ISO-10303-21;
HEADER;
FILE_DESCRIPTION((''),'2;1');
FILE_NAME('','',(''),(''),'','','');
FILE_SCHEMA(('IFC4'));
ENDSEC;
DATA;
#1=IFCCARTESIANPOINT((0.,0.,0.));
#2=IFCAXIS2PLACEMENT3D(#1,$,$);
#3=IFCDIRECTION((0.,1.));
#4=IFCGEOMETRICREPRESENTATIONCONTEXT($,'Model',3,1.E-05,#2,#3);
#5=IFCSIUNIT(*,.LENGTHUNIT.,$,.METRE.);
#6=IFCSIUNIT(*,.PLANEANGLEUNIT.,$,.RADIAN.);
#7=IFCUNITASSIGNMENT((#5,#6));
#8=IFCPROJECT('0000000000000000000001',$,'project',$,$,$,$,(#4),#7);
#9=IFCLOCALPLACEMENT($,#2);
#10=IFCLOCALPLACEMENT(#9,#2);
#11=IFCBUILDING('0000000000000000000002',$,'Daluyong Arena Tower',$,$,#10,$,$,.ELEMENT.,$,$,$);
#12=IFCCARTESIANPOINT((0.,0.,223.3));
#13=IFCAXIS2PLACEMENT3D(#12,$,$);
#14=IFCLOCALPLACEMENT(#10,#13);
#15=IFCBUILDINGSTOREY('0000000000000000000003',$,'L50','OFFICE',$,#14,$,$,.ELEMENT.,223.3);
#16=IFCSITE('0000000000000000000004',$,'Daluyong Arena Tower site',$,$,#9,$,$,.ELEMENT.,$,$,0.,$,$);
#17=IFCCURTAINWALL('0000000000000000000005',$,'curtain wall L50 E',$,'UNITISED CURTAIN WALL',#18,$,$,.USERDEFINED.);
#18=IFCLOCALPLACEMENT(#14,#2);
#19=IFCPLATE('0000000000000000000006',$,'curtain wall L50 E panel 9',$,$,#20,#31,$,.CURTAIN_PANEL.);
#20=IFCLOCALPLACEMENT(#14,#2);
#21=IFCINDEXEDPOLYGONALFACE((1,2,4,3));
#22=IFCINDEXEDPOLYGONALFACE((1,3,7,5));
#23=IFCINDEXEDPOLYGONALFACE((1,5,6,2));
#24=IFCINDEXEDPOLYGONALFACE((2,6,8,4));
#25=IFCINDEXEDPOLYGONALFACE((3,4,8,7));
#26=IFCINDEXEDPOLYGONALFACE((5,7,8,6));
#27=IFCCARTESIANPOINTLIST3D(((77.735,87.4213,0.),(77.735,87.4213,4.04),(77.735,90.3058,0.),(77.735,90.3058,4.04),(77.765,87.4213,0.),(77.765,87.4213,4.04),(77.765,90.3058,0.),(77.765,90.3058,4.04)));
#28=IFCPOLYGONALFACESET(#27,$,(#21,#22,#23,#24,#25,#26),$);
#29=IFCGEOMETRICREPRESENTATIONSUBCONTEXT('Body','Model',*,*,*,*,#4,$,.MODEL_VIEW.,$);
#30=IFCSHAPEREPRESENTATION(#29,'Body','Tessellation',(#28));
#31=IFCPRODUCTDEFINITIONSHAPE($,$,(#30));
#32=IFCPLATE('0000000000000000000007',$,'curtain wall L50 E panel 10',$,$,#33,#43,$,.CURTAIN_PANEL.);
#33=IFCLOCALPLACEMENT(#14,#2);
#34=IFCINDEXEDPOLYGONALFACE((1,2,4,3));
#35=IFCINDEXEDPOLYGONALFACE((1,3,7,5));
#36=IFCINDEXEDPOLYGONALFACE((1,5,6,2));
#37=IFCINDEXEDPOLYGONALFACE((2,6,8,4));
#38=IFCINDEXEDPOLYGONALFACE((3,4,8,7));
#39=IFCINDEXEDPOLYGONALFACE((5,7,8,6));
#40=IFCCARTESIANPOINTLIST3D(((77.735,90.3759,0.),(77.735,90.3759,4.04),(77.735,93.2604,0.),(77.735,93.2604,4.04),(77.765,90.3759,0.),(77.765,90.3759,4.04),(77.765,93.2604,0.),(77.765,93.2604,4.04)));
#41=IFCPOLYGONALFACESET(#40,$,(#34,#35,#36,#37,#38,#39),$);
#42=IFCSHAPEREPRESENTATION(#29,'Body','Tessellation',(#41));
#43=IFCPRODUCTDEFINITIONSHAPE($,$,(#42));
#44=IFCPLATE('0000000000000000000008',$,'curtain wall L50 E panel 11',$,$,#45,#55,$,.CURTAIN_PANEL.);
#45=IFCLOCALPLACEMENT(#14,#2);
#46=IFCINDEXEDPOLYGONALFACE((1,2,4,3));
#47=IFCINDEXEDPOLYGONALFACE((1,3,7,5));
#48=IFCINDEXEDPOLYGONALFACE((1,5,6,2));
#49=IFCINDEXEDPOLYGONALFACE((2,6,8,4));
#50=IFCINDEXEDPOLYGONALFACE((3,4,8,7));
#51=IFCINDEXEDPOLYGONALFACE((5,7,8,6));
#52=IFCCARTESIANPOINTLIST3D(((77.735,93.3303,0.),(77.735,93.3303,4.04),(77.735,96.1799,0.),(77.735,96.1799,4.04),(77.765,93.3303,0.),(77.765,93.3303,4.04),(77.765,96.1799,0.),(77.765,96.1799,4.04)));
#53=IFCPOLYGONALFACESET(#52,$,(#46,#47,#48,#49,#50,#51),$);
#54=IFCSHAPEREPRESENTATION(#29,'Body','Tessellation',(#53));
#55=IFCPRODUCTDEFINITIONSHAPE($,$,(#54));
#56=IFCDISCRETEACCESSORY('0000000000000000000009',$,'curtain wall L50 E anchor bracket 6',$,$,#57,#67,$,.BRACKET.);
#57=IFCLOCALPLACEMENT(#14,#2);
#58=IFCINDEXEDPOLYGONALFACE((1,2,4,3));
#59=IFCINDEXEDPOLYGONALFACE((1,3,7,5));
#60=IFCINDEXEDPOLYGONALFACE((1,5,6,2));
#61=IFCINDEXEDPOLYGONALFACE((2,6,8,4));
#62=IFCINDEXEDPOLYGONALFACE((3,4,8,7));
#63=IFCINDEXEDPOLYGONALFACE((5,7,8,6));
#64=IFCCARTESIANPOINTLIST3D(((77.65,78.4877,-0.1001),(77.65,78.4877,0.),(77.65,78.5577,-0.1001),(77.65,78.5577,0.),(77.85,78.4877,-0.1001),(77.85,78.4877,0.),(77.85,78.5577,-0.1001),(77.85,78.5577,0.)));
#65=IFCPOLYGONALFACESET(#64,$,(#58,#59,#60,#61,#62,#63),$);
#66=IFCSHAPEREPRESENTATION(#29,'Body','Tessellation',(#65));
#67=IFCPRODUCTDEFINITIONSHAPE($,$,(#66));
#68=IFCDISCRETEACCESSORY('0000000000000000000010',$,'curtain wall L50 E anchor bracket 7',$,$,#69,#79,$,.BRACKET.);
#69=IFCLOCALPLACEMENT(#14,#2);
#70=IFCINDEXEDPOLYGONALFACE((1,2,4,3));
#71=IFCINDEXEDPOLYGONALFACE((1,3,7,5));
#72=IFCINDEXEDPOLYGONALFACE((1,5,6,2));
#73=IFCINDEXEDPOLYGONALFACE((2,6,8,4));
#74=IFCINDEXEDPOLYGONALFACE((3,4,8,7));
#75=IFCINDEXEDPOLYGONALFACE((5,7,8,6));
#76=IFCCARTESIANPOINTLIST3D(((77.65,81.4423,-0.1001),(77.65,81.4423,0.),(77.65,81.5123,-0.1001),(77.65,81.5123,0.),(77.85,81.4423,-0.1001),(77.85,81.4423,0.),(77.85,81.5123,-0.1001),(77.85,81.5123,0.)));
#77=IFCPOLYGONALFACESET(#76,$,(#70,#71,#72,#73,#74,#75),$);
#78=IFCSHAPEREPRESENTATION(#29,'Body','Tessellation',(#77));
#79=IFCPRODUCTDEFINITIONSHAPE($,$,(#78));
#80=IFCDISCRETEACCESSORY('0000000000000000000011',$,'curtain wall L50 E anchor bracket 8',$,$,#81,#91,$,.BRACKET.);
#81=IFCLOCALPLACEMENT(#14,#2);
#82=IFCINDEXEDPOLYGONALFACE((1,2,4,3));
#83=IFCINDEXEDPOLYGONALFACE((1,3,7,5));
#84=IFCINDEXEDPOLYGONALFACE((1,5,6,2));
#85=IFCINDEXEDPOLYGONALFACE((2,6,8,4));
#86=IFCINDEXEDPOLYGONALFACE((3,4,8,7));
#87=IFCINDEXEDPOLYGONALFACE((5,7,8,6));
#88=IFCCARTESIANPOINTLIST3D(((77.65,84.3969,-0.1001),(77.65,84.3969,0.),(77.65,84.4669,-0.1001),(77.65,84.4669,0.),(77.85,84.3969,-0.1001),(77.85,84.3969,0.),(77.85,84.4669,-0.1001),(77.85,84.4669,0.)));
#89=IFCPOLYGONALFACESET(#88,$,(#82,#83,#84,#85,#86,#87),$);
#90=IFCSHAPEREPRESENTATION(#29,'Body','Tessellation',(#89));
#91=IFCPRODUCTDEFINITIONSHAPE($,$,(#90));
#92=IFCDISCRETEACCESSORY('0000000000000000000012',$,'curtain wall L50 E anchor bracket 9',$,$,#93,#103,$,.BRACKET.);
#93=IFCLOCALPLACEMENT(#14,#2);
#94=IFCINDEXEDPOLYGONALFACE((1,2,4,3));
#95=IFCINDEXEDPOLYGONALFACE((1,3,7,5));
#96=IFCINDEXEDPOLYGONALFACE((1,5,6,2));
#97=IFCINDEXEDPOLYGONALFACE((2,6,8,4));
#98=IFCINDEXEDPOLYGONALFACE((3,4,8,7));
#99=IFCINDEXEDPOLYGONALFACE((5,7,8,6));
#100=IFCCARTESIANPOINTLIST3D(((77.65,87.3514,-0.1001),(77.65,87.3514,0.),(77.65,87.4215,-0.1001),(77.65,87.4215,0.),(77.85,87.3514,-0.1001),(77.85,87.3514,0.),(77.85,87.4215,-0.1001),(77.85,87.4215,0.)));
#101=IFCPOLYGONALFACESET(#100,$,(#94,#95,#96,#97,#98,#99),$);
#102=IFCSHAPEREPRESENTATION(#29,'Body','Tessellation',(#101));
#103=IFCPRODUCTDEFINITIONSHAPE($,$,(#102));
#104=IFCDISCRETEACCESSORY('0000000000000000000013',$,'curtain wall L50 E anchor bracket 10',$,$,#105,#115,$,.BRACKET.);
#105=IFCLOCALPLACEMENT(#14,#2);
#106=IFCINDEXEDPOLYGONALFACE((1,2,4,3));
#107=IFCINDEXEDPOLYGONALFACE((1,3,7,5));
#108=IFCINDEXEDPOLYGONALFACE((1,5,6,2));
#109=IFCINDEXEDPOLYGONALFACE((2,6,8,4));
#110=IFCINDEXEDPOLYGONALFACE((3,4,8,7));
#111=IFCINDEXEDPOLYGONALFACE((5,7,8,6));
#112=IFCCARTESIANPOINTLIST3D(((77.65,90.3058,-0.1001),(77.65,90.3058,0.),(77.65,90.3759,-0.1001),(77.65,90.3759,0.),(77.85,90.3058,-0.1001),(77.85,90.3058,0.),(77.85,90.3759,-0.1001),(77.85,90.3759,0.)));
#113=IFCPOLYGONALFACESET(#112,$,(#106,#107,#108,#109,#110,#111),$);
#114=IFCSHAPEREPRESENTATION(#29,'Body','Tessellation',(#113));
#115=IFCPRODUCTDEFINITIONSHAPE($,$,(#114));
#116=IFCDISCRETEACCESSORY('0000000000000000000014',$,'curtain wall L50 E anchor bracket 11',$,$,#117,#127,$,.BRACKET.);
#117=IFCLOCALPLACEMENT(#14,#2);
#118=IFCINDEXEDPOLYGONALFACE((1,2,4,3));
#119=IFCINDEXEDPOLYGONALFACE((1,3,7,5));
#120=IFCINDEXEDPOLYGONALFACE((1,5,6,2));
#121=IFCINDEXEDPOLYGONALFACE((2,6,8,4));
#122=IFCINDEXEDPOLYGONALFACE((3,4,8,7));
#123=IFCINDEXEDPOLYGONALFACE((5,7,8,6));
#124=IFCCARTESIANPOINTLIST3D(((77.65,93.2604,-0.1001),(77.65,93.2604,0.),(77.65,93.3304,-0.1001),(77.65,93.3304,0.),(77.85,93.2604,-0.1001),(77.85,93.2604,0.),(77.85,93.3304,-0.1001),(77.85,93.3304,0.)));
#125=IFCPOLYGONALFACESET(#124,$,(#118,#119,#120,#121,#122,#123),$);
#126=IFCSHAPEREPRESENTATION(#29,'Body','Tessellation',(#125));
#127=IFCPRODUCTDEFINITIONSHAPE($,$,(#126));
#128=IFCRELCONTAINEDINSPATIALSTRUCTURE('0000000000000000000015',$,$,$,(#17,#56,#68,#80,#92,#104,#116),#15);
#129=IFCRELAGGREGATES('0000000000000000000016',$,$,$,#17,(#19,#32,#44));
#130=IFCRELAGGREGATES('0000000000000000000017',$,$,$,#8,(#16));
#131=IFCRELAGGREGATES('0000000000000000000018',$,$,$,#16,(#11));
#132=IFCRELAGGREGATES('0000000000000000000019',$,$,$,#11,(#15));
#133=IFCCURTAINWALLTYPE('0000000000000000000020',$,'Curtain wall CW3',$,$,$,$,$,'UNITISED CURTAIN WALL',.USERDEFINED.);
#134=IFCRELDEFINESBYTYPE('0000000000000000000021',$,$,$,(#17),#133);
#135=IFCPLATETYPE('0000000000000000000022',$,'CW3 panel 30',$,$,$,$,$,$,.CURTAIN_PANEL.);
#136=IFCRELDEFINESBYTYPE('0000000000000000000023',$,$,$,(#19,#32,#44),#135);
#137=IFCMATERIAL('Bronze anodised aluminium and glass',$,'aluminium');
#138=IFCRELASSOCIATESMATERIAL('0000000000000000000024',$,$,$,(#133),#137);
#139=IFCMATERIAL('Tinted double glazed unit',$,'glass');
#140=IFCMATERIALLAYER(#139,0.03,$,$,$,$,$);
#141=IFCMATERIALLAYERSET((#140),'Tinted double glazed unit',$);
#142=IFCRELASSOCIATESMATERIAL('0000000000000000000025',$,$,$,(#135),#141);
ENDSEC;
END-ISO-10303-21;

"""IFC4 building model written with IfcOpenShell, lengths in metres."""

from ifc_helpers import new_model, si_unit, direction, frame, origin, origin_2d, place, context, subcontext, project, spatial, rectangle, extrude, material, layer, layer_set, type_object, element, aggregate, save


model = new_model("IFC4")

# Units and contexts
model_context = context("Model", 3, precision=1e-05, world=origin(), true_north=direction((0.0, 1.0)))
body_context = subcontext(model_context, "Body", "Model", "MODEL_VIEW")
ifc_project = project(units=[si_unit("LENGTHUNIT", "METRE"), si_unit("PLANEANGLEUNIT", "RADIAN")], contexts=[model_context])

# Site, building, storey
site_placement = place(None, origin())
site = spatial("IfcSite", under=ifc_project, at=site_placement, Name="Daluyong Arena Tower site", CompositionType="ELEMENT", RefElevation=0.0)
building_placement = place(site_placement, origin())
building = spatial("IfcBuilding", under=site, at=building_placement, Name="Daluyong Arena Tower", CompositionType="ELEMENT")
storey_placement = place(building_placement, frame((0.0, 0.0, 223.3)))
storey = spatial("IfcBuildingStorey", under=building, at=storey_placement, Name="L50", Description="OFFICE", CompositionType="ELEMENT", Elevation=223.3)

# Curtain wall
ifc_material_1 = material(Name="Bronze anodised aluminium and glass", Category="aluminium")
curtain_wall_type = type_object("IfcCurtainWallType", Name="Curtain wall CW3", ElementType="UNITISED CURTAIN WALL", PredefinedType="USERDEFINED", material=ifc_material_1)
curtain_wall_placement = place(storey_placement, origin())
curtain_wall = element("IfcCurtainWall", 1, at=curtain_wall_placement, inside=storey, type_object=curtain_wall_type, Name="curtain wall L50 E", ObjectType="UNITISED CURTAIN WALL", PredefinedType="USERDEFINED")

# Plates
ifc_material_2 = material(Name="Tinted double glazed unit", Category="glass")
ifc_layer = layer(ifc_material_2, 0.03)
ifc_layer_set = layer_set([ifc_layer], Name="Tinted double glazed unit")
plate_type = type_object("IfcPlateType", Name="CW3 panel 30", PredefinedType="CURTAIN_PANEL", material=ifc_layer_set)
plate_1_placement = place(storey_placement, frame((77.75, 88.8635, 0.0), z_axis=(0.0, 0.0, 1.0), x_axis=(0.0, 1.0, 0.0)))
plate_1 = element("IfcPlate", 2, at=plate_1_placement, type_object=plate_type, Name="curtain wall L50 E panel 9", PredefinedType="CURTAIN_PANEL", context=body_context, shape_type="SweptSolid", body=[
    extrude(rectangle(XDim=2.8845, YDim=0.03, at=origin_2d()), origin(), (0.0, 0.0, 1.0), 4.04),
])
plate_2_placement = place(storey_placement, frame((77.75, 91.8181, 0.0), z_axis=(0.0, 0.0, 1.0), x_axis=(0.0, 1.0, 0.0)))
plate_2 = element("IfcPlate", 3, at=plate_2_placement, type_object=plate_type, Name="curtain wall L50 E panel 10", PredefinedType="CURTAIN_PANEL", context=body_context, shape_type="SweptSolid", body=[
    extrude(rectangle(XDim=2.8845, YDim=0.03, at=origin_2d()), origin(), (0.0, 0.0, 1.0), 4.04),
])
plate_3_placement = place(storey_placement, frame((77.75, 94.7551, 0.0), z_axis=(0.0, 0.0, 1.0), x_axis=(0.0, 1.0, 0.0)))
plate_3 = element("IfcPlate", 4, at=plate_3_placement, type_object=plate_type, Name="curtain wall L50 E panel 11", PredefinedType="CURTAIN_PANEL", context=body_context, shape_type="SweptSolid", body=[
    extrude(rectangle(XDim=2.8496, YDim=0.03, at=origin_2d()), origin(), (0.0, 0.0, 1.0), 4.04),
])
aggregate(curtain_wall, [plate_1, plate_2, plate_3])

# Discrete accessories
for number, where, z_axis, x_axis, name in (
    (5, (77.75, 78.5227, -0.1001), (0.0, 0.0, 1.0), (0.0, 1.0, 0.0), "curtain wall L50 E anchor bracket 6"),
    (6, (77.75, 81.4773, -0.1001), (0.0, 0.0, 1.0), (0.0, 1.0, 0.0), "curtain wall L50 E anchor bracket 7"),
    (7, (77.75, 84.4319, -0.1001), (0.0, 0.0, 1.0), (0.0, 1.0, 0.0), "curtain wall L50 E anchor bracket 8"),
    (8, (77.75, 87.3865, -0.1001), (0.0, 0.0, 1.0), (0.0, 1.0, 0.0), "curtain wall L50 E anchor bracket 9"),
    (9, (77.75, 90.3408, -0.1001), (0.0, 0.0, 1.0), (0.0, 1.0, 0.0), "curtain wall L50 E anchor bracket 10"),
    (10, (77.75, 93.2954, -0.1001), (0.0, 0.0, 1.0), (0.0, 1.0, 0.0), "curtain wall L50 E anchor bracket 11"),
):
    element("IfcDiscreteAccessory", number, at=place(storey_placement, frame(where, z_axis=z_axis, x_axis=x_axis)), inside=storey, Name=name, PredefinedType="BRACKET", context=body_context, shape_type="SweptSolid", body=[
        extrude(rectangle(XDim=0.0701, YDim=0.2, at=origin_2d()), origin(), (0.0, 0.0, 1.0), 0.1001),
    ])

save(model, "model.ifc")
